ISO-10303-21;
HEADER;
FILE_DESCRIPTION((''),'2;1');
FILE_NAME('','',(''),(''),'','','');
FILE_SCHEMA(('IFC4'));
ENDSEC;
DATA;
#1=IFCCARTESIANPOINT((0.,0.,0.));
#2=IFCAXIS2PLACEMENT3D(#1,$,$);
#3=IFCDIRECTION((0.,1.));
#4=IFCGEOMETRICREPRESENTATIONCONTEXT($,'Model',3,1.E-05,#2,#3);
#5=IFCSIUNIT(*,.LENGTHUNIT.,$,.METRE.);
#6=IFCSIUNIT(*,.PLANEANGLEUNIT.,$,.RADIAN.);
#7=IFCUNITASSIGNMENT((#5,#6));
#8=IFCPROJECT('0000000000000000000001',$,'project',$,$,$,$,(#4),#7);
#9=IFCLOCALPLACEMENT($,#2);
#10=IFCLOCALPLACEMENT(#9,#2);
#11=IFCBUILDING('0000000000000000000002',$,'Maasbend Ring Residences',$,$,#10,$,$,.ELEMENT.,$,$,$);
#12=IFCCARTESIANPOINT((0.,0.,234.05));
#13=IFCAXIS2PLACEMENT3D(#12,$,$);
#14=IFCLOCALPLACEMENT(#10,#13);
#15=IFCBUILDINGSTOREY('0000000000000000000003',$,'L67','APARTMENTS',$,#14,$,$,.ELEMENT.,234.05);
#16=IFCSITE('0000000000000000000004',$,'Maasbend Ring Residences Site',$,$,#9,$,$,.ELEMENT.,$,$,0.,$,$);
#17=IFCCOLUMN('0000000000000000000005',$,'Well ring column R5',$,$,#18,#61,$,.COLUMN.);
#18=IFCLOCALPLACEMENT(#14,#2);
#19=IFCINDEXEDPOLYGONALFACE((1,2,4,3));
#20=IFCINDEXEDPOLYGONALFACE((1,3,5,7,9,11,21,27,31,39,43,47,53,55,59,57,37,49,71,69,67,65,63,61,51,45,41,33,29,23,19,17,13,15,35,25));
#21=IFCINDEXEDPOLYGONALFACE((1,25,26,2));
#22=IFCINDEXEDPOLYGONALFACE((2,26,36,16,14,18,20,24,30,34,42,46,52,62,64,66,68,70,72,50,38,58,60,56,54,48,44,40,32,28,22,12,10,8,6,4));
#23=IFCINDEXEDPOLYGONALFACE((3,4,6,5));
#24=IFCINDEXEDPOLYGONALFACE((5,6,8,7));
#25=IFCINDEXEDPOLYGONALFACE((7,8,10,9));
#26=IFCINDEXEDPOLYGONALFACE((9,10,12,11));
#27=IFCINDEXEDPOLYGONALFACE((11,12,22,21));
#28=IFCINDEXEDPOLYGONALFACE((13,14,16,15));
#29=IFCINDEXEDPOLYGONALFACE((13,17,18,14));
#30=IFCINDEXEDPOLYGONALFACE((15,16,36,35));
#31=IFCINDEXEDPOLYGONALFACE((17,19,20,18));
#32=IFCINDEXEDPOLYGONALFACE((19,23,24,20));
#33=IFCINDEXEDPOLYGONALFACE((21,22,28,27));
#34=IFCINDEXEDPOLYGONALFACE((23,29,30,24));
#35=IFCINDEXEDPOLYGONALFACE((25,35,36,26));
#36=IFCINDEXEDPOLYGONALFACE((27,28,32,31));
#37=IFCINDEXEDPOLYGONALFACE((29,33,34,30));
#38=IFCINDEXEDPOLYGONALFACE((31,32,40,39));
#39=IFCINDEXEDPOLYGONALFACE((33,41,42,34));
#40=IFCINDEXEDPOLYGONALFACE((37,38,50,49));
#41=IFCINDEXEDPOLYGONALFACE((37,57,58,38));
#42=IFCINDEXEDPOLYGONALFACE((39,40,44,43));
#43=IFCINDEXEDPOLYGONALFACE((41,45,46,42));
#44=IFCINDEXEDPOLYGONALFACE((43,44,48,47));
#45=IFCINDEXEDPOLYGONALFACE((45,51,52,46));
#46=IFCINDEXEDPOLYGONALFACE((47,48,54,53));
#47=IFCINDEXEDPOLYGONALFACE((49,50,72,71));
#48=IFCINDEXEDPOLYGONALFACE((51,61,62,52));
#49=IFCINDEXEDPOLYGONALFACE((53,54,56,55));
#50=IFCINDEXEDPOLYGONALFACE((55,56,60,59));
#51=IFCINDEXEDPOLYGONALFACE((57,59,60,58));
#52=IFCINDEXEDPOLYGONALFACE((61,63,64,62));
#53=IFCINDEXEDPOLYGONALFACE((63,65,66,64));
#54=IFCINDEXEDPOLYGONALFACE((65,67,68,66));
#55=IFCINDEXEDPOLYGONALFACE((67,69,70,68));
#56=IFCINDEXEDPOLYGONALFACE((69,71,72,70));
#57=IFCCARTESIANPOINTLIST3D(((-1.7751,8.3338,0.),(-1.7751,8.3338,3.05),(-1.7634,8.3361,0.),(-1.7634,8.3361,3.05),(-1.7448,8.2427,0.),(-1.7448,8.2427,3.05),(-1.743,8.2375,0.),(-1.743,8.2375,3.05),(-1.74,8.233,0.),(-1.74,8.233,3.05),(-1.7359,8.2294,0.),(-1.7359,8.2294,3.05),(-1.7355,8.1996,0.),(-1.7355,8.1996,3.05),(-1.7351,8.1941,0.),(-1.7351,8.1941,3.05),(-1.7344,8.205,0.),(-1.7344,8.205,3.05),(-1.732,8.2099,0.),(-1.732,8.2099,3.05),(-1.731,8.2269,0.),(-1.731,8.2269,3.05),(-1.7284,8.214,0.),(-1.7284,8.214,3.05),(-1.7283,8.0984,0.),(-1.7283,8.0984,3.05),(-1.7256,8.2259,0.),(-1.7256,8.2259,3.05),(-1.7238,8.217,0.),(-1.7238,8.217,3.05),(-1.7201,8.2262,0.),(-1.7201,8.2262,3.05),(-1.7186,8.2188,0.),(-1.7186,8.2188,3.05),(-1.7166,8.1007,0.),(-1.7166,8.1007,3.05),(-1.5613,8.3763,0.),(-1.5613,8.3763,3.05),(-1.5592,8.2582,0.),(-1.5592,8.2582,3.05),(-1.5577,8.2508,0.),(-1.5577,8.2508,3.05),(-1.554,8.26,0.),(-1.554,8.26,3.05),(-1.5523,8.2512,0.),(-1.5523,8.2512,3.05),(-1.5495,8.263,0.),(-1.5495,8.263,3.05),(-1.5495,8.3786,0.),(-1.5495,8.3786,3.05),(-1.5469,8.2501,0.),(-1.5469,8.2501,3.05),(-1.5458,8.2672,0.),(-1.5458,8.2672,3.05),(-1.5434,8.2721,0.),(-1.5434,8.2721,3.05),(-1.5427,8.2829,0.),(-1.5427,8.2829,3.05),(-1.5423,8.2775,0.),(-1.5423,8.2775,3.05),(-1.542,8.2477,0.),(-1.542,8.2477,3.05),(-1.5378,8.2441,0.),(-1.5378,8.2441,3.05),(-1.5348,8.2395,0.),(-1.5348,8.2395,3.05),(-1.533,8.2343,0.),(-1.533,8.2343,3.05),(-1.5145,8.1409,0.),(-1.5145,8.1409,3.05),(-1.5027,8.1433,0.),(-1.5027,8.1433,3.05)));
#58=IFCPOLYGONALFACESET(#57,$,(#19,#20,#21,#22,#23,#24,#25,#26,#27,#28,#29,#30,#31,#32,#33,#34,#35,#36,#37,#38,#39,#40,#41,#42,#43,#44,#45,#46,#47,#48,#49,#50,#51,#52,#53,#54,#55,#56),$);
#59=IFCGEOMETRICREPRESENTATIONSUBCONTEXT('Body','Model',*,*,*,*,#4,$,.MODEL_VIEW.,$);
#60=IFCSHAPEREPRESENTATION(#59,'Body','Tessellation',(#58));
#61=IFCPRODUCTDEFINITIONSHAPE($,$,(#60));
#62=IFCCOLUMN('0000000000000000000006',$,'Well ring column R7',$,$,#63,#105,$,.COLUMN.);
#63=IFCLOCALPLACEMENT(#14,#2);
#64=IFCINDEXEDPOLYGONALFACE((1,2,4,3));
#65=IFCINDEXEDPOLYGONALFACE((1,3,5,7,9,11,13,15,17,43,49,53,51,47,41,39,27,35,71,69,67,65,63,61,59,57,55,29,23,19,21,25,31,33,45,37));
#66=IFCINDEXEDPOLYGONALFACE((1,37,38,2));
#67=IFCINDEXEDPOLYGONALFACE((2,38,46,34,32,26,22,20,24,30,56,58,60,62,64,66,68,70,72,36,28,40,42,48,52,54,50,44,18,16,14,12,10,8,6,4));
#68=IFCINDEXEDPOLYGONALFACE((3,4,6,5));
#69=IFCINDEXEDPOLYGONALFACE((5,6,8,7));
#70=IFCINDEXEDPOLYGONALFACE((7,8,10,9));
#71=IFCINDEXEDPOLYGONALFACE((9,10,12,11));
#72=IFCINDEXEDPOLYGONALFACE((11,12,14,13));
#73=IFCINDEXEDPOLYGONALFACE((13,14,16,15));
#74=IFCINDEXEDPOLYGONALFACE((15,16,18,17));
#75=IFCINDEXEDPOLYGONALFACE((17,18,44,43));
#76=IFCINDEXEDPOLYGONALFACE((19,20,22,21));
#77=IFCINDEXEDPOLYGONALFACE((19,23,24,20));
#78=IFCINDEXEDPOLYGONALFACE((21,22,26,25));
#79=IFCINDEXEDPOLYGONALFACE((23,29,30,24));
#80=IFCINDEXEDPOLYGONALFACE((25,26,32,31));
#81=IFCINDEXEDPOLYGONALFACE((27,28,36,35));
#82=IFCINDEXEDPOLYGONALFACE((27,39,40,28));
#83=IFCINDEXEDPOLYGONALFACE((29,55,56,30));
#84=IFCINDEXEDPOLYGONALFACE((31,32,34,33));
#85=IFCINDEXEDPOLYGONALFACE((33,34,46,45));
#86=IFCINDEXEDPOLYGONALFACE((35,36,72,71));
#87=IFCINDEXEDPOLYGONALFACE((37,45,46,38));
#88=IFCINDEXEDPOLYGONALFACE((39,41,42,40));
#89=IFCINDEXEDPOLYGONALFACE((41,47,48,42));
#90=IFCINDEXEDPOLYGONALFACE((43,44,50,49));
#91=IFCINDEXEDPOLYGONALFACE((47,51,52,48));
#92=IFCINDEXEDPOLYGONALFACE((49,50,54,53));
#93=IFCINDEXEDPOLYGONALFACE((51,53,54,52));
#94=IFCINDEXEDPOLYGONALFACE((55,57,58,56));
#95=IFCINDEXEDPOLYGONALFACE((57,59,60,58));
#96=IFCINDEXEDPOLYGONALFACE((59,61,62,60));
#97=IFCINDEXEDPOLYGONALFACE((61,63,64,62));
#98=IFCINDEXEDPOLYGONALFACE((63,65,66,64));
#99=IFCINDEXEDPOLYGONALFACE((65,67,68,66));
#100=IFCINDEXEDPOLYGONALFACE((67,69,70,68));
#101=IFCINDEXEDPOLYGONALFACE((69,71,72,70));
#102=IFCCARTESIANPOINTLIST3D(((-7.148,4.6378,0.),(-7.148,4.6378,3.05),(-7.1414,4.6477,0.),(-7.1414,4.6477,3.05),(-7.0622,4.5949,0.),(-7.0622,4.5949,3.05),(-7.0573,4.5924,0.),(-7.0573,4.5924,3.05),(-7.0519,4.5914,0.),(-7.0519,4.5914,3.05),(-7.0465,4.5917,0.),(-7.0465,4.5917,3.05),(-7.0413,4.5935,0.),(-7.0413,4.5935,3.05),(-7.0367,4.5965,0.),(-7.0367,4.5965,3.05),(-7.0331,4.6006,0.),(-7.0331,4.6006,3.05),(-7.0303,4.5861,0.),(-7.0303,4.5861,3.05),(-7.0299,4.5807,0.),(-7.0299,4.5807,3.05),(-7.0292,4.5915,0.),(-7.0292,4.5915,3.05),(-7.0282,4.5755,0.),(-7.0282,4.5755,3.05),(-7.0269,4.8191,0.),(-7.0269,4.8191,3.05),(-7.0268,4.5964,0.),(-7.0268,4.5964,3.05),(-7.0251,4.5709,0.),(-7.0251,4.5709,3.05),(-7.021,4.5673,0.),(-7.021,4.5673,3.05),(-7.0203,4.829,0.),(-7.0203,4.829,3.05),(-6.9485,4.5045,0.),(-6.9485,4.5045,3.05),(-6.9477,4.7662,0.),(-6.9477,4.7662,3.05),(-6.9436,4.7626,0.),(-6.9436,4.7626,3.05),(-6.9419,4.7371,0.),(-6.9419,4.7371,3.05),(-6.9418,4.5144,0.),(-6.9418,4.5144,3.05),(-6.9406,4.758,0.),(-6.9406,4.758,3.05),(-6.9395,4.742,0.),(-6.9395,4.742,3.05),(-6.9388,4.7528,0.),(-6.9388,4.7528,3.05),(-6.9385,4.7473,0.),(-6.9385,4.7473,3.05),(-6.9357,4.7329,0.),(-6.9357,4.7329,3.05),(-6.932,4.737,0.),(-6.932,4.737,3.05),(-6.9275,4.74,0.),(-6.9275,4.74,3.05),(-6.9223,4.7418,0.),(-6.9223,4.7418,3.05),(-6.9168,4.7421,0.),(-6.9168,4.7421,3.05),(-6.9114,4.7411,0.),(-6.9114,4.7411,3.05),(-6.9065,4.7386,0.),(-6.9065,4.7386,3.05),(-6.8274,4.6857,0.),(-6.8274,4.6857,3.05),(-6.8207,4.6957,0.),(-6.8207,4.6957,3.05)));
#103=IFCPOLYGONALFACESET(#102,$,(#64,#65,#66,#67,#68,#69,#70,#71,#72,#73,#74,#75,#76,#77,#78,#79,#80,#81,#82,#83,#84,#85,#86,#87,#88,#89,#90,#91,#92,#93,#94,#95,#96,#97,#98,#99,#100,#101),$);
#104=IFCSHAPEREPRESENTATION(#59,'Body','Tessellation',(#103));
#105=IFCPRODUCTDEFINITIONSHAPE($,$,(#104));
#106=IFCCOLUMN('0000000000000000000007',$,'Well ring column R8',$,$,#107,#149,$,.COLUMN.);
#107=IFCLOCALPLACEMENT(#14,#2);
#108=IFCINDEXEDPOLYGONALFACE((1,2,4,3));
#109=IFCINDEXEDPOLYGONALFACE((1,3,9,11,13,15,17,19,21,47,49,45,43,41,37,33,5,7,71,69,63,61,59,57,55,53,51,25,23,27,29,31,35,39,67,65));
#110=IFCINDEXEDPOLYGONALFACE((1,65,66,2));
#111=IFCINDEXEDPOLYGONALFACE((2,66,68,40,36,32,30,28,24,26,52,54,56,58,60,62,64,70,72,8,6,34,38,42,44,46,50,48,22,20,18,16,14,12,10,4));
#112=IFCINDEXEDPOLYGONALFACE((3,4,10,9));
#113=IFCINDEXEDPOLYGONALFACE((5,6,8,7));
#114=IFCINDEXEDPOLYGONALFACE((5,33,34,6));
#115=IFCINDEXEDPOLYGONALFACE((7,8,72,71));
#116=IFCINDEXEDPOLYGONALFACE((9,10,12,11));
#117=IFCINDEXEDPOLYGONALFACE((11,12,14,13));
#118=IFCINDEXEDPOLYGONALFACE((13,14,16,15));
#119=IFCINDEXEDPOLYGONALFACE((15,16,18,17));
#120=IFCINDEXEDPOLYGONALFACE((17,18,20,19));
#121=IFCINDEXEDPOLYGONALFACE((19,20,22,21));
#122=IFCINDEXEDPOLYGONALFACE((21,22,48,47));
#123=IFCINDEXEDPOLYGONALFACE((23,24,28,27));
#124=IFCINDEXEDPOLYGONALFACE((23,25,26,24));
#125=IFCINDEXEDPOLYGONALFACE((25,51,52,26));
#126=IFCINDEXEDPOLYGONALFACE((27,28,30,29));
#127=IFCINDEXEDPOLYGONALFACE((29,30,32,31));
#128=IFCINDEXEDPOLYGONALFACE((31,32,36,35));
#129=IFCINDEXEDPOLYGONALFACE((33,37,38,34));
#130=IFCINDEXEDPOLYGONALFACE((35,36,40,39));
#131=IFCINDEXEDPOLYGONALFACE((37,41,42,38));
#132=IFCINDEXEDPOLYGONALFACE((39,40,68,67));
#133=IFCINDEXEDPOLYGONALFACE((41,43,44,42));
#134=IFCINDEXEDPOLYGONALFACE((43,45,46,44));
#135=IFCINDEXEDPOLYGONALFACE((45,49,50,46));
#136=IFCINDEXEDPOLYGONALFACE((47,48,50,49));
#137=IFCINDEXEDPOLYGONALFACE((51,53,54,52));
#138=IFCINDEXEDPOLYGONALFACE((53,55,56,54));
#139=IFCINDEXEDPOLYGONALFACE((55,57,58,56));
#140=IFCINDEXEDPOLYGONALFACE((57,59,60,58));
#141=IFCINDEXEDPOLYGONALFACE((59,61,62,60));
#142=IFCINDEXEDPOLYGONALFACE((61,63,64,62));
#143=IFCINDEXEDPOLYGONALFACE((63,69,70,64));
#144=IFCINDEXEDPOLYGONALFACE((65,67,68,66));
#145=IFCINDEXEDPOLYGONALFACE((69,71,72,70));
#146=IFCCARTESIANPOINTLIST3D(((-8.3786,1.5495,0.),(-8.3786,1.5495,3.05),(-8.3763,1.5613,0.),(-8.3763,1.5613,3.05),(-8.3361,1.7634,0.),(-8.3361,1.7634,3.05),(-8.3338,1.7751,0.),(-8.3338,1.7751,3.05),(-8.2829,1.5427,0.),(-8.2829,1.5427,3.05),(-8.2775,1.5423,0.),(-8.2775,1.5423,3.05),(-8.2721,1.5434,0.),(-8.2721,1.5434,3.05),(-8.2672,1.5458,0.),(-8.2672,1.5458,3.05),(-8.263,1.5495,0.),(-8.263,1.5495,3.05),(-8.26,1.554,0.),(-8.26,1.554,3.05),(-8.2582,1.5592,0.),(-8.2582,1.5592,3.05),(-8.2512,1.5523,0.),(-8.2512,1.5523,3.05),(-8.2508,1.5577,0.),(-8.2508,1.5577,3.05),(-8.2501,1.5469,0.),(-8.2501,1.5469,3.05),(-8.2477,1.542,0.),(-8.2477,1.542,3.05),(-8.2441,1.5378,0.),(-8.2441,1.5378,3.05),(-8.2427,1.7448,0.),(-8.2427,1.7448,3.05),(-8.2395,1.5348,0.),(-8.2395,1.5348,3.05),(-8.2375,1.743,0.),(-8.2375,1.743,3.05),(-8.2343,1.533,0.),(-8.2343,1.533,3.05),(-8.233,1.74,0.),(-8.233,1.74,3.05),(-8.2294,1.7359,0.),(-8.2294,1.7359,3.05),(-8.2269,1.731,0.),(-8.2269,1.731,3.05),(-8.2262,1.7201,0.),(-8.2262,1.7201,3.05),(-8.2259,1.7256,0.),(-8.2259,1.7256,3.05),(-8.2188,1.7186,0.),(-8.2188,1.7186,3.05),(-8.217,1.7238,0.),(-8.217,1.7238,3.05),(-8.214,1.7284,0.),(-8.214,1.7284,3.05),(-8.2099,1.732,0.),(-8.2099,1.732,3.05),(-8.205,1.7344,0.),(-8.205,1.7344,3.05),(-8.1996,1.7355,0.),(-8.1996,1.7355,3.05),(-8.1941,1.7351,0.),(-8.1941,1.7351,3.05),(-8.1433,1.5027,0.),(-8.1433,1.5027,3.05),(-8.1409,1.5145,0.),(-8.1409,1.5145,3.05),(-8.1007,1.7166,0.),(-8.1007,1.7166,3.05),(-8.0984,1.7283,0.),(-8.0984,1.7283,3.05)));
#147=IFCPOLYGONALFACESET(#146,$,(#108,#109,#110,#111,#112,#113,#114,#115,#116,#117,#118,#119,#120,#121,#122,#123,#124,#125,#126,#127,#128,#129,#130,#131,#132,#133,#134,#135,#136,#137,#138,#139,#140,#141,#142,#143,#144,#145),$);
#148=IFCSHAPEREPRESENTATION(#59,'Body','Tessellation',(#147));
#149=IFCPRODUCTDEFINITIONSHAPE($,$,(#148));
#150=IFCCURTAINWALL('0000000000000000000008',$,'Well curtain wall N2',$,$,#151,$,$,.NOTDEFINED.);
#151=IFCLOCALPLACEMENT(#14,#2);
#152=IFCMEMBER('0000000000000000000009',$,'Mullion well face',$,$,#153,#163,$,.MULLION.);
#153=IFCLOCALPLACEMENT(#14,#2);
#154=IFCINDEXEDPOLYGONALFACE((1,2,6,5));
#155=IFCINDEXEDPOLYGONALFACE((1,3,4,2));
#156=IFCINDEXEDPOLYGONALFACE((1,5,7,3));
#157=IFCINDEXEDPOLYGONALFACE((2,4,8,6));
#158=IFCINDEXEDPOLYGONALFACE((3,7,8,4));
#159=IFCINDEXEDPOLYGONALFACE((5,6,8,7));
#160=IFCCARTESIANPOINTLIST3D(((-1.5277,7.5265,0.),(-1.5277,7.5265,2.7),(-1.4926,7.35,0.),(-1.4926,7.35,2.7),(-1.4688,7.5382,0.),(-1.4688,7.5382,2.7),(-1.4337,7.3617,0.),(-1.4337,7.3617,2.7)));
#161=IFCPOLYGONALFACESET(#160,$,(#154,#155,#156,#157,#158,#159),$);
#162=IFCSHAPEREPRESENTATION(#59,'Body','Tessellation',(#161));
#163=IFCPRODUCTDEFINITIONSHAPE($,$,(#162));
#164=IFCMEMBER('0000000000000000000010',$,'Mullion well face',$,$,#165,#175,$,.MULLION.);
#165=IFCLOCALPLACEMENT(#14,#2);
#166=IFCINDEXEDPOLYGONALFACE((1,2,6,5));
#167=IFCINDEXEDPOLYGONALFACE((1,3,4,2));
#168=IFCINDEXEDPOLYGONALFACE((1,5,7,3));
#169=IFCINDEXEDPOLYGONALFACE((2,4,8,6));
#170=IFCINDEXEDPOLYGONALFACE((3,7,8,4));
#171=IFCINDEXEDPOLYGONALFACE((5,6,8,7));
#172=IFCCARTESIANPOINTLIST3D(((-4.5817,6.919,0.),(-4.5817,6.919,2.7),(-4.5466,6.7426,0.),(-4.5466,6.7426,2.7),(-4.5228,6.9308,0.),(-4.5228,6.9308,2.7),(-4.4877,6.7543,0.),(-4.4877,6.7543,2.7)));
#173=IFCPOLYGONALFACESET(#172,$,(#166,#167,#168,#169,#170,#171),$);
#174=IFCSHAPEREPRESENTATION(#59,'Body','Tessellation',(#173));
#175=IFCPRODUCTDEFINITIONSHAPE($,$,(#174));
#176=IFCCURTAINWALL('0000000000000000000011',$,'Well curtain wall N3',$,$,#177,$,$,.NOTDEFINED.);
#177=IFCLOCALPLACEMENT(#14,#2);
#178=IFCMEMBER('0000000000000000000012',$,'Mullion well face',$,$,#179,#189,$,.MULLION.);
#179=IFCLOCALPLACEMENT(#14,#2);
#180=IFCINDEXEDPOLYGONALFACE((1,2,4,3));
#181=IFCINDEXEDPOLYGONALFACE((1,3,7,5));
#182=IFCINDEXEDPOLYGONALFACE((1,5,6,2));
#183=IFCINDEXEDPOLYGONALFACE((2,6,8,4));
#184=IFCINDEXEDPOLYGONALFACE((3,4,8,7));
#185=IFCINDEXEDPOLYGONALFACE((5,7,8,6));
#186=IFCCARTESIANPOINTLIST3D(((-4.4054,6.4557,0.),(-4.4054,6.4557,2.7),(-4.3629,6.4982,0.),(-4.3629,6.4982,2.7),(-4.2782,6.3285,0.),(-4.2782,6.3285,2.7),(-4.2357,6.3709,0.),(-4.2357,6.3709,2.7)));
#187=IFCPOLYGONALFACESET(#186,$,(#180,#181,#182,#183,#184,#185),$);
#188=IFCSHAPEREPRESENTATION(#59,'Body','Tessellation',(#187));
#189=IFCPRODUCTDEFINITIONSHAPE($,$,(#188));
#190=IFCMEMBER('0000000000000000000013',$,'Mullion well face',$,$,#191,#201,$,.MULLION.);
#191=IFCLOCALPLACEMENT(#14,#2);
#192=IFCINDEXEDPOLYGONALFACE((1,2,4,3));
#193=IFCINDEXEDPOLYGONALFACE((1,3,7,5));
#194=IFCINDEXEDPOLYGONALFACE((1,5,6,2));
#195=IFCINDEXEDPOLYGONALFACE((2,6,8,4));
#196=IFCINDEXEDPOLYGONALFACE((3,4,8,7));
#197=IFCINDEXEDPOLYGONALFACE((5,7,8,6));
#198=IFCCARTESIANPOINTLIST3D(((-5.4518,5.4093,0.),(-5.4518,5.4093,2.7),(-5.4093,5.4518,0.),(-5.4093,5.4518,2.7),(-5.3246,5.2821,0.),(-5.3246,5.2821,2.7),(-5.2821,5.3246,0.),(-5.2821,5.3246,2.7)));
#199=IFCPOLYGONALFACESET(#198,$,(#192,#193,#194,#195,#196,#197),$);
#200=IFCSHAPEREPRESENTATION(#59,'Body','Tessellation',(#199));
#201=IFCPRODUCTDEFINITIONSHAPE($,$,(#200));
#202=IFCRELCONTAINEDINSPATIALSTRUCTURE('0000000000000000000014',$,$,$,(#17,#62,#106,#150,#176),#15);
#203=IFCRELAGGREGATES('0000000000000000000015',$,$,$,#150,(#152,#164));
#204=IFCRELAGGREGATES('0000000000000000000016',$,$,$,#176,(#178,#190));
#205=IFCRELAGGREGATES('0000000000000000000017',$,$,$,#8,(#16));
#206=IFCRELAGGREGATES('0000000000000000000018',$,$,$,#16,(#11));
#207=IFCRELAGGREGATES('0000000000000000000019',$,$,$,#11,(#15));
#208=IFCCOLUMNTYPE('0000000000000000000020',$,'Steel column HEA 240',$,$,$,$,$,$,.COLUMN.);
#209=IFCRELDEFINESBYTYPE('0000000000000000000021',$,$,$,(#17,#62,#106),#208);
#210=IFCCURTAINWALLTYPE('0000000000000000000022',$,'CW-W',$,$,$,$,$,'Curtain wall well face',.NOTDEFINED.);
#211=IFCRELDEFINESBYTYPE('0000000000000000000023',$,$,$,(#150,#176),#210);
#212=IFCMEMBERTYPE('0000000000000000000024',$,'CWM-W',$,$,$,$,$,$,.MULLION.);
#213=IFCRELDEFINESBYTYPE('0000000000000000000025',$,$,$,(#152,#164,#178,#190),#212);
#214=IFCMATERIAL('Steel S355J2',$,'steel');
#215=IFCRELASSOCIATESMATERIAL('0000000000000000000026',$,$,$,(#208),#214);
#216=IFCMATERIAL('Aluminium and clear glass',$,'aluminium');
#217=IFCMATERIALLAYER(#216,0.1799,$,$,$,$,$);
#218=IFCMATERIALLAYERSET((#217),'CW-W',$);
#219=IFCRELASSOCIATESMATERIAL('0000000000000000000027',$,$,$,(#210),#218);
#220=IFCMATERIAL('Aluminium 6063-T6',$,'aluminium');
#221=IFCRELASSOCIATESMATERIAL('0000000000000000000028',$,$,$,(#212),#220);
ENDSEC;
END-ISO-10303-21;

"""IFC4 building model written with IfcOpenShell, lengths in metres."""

from ifc_helpers import new_model, si_unit, direction, frame, origin, origin_2d, place, context, subcontext, project, spatial, rectangle, i_section, extrude, material, layer, layer_set, material_profile, profile_set, type_object, element, aggregate, save


model = new_model("IFC4")

# Units and contexts
model_context = context("Model", 3, precision=1e-05, world=origin(), true_north=direction((0.0, 1.0)))
body_context = subcontext(model_context, "Body", "Model", "MODEL_VIEW")
ifc_project = project(units=[si_unit("LENGTHUNIT", "METRE"), si_unit("PLANEANGLEUNIT", "RADIAN")], contexts=[model_context])

# Site, building, storey
site_placement = place(None, origin())
site = spatial("IfcSite", under=ifc_project, at=site_placement, Name="Maasbend Ring Residences Site", CompositionType="ELEMENT", RefElevation=0.0)
building_placement = place(site_placement, origin())
building = spatial("IfcBuilding", under=site, at=building_placement, Name="Maasbend Ring Residences", CompositionType="ELEMENT")
storey_placement = place(building_placement, frame((0.0, 0.0, 234.05)))
storey = spatial("IfcBuildingStorey", under=building, at=storey_placement, Name="L67", Description="APARTMENTS", CompositionType="ELEMENT", Elevation=234.05)

# Columns
ifc_material_1 = material(Name="Steel S355J2", Category="steel")
ifc_material_profile_1 = material_profile(ifc_material_1, i_section(OverallWidth=0.24, OverallDepth=0.23, WebThickness=0.0076, FlangeThickness=0.012, FilletRadius=0.021, at=origin_2d()), Name="HEA 240")
ifc_profile_set_1 = profile_set([ifc_material_profile_1], Name="Steel S355J2")
column_type = type_object("IfcColumnType", Name="Steel column HEA 240", PredefinedType="COLUMN", material=ifc_profile_set_1)
for number, where, z_axis, x_axis, name in (
    (1, (-1.6389, 8.2385, 0.0), (0.0, 0.0, 1.0), (-0.19509, 0.980785, 0.0), "Well ring column R5"),
    (2, (-6.9844, 4.6667, 0.0), (0.0, 0.0, 1.0), (-0.83147, 0.55557, 0.0), "Well ring column R7"),
    (3, (-8.2385, 1.6389, 0.0), (0.0, 0.0, 1.0), (-0.980785, 0.19509, 0.0), "Well ring column R8"),
):
    element("IfcColumn", number, at=place(storey_placement, frame(where, z_axis=z_axis, x_axis=x_axis)), inside=storey, type_object=column_type, Name=name, PredefinedType="COLUMN", context=body_context, shape_type="SweptSolid", body=[
        extrude(i_section(OverallWidth=0.24, OverallDepth=0.23, WebThickness=0.0076, FlangeThickness=0.012, FilletRadius=0.021, at=origin_2d()), origin(), (0.0, 0.0, 1.0), 3.05),
    ])

# Curtain walls, members
ifc_material_2 = material(Name="Aluminium and clear glass", Category="aluminium")
ifc_layer_1 = layer(ifc_material_2, 0.1799)
ifc_layer_set_1 = layer_set([ifc_layer_1], Name="CW-W")
curtain_wall_type = type_object("IfcCurtainWallType", Name="CW-W", ElementType="Curtain wall well face", PredefinedType="NOTDEFINED", material=ifc_layer_set_1)
curtain_wall_1_placement = place(storey_placement, origin())
curtain_wall_1 = element("IfcCurtainWall", 4, at=curtain_wall_1_placement, inside=storey, type_object=curtain_wall_type, Name="Well curtain wall N2", PredefinedType="NOTDEFINED")
ifc_material_3 = material(Name="Aluminium 6063-T6", Category="aluminium")
ifc_material_profile_2 = material_profile(ifc_material_3, rectangle(XDim=0.1799, YDim=0.0601, at=origin_2d()), Name="AL 180x60")
ifc_profile_set_2 = profile_set([ifc_material_profile_2], Name="Aluminium 6063-T6")
member_type_1 = type_object("IfcMemberType", Name="CWM-W", PredefinedType="MULLION", material=ifc_profile_set_2)
member_1_placement = place(storey_placement, frame((-1.4807, 7.4441, 0.0), z_axis=(0.0, 0.0, 1.0), x_axis=(0.19509, -0.980785, 0.0)))
member_1 = element("IfcMember", 5, at=member_1_placement, type_object=member_type_1, Name="Mullion well face", PredefinedType="MULLION", context=body_context, shape_type="SweptSolid", body=[
    extrude(rectangle(XDim=0.1799, YDim=0.0601, at=origin_2d()), origin(), (0.0, 0.0, 1.0), 2.7),
])
member_2_placement = place(storey_placement, frame((-4.5347, 6.8367, 0.0), z_axis=(0.0, 0.0, 1.0), x_axis=(0.19509, -0.980785, 0.0)))
member_2 = element("IfcMember", 6, at=member_2_placement, type_object=member_type_1, Name="Mullion well face", PredefinedType="MULLION", context=body_context, shape_type="SweptSolid", body=[
    extrude(rectangle(XDim=0.1799, YDim=0.0601, at=origin_2d()), origin(), (0.0, 0.0, 1.0), 2.7),
])
curtain_wall_2_placement = place(storey_placement, origin())
curtain_wall_2 = element("IfcCurtainWall", 7, at=curtain_wall_2_placement, inside=storey, type_object=curtain_wall_type, Name="Well curtain wall N3", PredefinedType="NOTDEFINED")
member_3_placement = place(storey_placement, frame((-4.3206, 6.4133, 0.0), z_axis=(0.0, 0.0, 1.0), x_axis=(0.707107, -0.707107, 0.0)))
member_3 = element("IfcMember", 8, at=member_3_placement, type_object=member_type_1, Name="Mullion well face", PredefinedType="MULLION", context=body_context, shape_type="SweptSolid", body=[
    extrude(rectangle(XDim=0.1799, YDim=0.0601, at=origin_2d()), origin(), (0.0, 0.0, 1.0), 2.7),
])
member_4_placement = place(storey_placement, frame((-5.3669, 5.3669, 0.0), z_axis=(0.0, 0.0, 1.0), x_axis=(0.707107, -0.707107, 0.0)))
member_4 = element("IfcMember", 9, at=member_4_placement, type_object=member_type_1, Name="Mullion well face", PredefinedType="MULLION", context=body_context, shape_type="SweptSolid", body=[
    extrude(rectangle(XDim=0.1799, YDim=0.0601, at=origin_2d()), origin(), (0.0, 0.0, 1.0), 2.7),
])

aggregate(curtain_wall_1, [member_1, member_2])
aggregate(curtain_wall_2, [member_3, member_4])

save(model, "model.ifc")
